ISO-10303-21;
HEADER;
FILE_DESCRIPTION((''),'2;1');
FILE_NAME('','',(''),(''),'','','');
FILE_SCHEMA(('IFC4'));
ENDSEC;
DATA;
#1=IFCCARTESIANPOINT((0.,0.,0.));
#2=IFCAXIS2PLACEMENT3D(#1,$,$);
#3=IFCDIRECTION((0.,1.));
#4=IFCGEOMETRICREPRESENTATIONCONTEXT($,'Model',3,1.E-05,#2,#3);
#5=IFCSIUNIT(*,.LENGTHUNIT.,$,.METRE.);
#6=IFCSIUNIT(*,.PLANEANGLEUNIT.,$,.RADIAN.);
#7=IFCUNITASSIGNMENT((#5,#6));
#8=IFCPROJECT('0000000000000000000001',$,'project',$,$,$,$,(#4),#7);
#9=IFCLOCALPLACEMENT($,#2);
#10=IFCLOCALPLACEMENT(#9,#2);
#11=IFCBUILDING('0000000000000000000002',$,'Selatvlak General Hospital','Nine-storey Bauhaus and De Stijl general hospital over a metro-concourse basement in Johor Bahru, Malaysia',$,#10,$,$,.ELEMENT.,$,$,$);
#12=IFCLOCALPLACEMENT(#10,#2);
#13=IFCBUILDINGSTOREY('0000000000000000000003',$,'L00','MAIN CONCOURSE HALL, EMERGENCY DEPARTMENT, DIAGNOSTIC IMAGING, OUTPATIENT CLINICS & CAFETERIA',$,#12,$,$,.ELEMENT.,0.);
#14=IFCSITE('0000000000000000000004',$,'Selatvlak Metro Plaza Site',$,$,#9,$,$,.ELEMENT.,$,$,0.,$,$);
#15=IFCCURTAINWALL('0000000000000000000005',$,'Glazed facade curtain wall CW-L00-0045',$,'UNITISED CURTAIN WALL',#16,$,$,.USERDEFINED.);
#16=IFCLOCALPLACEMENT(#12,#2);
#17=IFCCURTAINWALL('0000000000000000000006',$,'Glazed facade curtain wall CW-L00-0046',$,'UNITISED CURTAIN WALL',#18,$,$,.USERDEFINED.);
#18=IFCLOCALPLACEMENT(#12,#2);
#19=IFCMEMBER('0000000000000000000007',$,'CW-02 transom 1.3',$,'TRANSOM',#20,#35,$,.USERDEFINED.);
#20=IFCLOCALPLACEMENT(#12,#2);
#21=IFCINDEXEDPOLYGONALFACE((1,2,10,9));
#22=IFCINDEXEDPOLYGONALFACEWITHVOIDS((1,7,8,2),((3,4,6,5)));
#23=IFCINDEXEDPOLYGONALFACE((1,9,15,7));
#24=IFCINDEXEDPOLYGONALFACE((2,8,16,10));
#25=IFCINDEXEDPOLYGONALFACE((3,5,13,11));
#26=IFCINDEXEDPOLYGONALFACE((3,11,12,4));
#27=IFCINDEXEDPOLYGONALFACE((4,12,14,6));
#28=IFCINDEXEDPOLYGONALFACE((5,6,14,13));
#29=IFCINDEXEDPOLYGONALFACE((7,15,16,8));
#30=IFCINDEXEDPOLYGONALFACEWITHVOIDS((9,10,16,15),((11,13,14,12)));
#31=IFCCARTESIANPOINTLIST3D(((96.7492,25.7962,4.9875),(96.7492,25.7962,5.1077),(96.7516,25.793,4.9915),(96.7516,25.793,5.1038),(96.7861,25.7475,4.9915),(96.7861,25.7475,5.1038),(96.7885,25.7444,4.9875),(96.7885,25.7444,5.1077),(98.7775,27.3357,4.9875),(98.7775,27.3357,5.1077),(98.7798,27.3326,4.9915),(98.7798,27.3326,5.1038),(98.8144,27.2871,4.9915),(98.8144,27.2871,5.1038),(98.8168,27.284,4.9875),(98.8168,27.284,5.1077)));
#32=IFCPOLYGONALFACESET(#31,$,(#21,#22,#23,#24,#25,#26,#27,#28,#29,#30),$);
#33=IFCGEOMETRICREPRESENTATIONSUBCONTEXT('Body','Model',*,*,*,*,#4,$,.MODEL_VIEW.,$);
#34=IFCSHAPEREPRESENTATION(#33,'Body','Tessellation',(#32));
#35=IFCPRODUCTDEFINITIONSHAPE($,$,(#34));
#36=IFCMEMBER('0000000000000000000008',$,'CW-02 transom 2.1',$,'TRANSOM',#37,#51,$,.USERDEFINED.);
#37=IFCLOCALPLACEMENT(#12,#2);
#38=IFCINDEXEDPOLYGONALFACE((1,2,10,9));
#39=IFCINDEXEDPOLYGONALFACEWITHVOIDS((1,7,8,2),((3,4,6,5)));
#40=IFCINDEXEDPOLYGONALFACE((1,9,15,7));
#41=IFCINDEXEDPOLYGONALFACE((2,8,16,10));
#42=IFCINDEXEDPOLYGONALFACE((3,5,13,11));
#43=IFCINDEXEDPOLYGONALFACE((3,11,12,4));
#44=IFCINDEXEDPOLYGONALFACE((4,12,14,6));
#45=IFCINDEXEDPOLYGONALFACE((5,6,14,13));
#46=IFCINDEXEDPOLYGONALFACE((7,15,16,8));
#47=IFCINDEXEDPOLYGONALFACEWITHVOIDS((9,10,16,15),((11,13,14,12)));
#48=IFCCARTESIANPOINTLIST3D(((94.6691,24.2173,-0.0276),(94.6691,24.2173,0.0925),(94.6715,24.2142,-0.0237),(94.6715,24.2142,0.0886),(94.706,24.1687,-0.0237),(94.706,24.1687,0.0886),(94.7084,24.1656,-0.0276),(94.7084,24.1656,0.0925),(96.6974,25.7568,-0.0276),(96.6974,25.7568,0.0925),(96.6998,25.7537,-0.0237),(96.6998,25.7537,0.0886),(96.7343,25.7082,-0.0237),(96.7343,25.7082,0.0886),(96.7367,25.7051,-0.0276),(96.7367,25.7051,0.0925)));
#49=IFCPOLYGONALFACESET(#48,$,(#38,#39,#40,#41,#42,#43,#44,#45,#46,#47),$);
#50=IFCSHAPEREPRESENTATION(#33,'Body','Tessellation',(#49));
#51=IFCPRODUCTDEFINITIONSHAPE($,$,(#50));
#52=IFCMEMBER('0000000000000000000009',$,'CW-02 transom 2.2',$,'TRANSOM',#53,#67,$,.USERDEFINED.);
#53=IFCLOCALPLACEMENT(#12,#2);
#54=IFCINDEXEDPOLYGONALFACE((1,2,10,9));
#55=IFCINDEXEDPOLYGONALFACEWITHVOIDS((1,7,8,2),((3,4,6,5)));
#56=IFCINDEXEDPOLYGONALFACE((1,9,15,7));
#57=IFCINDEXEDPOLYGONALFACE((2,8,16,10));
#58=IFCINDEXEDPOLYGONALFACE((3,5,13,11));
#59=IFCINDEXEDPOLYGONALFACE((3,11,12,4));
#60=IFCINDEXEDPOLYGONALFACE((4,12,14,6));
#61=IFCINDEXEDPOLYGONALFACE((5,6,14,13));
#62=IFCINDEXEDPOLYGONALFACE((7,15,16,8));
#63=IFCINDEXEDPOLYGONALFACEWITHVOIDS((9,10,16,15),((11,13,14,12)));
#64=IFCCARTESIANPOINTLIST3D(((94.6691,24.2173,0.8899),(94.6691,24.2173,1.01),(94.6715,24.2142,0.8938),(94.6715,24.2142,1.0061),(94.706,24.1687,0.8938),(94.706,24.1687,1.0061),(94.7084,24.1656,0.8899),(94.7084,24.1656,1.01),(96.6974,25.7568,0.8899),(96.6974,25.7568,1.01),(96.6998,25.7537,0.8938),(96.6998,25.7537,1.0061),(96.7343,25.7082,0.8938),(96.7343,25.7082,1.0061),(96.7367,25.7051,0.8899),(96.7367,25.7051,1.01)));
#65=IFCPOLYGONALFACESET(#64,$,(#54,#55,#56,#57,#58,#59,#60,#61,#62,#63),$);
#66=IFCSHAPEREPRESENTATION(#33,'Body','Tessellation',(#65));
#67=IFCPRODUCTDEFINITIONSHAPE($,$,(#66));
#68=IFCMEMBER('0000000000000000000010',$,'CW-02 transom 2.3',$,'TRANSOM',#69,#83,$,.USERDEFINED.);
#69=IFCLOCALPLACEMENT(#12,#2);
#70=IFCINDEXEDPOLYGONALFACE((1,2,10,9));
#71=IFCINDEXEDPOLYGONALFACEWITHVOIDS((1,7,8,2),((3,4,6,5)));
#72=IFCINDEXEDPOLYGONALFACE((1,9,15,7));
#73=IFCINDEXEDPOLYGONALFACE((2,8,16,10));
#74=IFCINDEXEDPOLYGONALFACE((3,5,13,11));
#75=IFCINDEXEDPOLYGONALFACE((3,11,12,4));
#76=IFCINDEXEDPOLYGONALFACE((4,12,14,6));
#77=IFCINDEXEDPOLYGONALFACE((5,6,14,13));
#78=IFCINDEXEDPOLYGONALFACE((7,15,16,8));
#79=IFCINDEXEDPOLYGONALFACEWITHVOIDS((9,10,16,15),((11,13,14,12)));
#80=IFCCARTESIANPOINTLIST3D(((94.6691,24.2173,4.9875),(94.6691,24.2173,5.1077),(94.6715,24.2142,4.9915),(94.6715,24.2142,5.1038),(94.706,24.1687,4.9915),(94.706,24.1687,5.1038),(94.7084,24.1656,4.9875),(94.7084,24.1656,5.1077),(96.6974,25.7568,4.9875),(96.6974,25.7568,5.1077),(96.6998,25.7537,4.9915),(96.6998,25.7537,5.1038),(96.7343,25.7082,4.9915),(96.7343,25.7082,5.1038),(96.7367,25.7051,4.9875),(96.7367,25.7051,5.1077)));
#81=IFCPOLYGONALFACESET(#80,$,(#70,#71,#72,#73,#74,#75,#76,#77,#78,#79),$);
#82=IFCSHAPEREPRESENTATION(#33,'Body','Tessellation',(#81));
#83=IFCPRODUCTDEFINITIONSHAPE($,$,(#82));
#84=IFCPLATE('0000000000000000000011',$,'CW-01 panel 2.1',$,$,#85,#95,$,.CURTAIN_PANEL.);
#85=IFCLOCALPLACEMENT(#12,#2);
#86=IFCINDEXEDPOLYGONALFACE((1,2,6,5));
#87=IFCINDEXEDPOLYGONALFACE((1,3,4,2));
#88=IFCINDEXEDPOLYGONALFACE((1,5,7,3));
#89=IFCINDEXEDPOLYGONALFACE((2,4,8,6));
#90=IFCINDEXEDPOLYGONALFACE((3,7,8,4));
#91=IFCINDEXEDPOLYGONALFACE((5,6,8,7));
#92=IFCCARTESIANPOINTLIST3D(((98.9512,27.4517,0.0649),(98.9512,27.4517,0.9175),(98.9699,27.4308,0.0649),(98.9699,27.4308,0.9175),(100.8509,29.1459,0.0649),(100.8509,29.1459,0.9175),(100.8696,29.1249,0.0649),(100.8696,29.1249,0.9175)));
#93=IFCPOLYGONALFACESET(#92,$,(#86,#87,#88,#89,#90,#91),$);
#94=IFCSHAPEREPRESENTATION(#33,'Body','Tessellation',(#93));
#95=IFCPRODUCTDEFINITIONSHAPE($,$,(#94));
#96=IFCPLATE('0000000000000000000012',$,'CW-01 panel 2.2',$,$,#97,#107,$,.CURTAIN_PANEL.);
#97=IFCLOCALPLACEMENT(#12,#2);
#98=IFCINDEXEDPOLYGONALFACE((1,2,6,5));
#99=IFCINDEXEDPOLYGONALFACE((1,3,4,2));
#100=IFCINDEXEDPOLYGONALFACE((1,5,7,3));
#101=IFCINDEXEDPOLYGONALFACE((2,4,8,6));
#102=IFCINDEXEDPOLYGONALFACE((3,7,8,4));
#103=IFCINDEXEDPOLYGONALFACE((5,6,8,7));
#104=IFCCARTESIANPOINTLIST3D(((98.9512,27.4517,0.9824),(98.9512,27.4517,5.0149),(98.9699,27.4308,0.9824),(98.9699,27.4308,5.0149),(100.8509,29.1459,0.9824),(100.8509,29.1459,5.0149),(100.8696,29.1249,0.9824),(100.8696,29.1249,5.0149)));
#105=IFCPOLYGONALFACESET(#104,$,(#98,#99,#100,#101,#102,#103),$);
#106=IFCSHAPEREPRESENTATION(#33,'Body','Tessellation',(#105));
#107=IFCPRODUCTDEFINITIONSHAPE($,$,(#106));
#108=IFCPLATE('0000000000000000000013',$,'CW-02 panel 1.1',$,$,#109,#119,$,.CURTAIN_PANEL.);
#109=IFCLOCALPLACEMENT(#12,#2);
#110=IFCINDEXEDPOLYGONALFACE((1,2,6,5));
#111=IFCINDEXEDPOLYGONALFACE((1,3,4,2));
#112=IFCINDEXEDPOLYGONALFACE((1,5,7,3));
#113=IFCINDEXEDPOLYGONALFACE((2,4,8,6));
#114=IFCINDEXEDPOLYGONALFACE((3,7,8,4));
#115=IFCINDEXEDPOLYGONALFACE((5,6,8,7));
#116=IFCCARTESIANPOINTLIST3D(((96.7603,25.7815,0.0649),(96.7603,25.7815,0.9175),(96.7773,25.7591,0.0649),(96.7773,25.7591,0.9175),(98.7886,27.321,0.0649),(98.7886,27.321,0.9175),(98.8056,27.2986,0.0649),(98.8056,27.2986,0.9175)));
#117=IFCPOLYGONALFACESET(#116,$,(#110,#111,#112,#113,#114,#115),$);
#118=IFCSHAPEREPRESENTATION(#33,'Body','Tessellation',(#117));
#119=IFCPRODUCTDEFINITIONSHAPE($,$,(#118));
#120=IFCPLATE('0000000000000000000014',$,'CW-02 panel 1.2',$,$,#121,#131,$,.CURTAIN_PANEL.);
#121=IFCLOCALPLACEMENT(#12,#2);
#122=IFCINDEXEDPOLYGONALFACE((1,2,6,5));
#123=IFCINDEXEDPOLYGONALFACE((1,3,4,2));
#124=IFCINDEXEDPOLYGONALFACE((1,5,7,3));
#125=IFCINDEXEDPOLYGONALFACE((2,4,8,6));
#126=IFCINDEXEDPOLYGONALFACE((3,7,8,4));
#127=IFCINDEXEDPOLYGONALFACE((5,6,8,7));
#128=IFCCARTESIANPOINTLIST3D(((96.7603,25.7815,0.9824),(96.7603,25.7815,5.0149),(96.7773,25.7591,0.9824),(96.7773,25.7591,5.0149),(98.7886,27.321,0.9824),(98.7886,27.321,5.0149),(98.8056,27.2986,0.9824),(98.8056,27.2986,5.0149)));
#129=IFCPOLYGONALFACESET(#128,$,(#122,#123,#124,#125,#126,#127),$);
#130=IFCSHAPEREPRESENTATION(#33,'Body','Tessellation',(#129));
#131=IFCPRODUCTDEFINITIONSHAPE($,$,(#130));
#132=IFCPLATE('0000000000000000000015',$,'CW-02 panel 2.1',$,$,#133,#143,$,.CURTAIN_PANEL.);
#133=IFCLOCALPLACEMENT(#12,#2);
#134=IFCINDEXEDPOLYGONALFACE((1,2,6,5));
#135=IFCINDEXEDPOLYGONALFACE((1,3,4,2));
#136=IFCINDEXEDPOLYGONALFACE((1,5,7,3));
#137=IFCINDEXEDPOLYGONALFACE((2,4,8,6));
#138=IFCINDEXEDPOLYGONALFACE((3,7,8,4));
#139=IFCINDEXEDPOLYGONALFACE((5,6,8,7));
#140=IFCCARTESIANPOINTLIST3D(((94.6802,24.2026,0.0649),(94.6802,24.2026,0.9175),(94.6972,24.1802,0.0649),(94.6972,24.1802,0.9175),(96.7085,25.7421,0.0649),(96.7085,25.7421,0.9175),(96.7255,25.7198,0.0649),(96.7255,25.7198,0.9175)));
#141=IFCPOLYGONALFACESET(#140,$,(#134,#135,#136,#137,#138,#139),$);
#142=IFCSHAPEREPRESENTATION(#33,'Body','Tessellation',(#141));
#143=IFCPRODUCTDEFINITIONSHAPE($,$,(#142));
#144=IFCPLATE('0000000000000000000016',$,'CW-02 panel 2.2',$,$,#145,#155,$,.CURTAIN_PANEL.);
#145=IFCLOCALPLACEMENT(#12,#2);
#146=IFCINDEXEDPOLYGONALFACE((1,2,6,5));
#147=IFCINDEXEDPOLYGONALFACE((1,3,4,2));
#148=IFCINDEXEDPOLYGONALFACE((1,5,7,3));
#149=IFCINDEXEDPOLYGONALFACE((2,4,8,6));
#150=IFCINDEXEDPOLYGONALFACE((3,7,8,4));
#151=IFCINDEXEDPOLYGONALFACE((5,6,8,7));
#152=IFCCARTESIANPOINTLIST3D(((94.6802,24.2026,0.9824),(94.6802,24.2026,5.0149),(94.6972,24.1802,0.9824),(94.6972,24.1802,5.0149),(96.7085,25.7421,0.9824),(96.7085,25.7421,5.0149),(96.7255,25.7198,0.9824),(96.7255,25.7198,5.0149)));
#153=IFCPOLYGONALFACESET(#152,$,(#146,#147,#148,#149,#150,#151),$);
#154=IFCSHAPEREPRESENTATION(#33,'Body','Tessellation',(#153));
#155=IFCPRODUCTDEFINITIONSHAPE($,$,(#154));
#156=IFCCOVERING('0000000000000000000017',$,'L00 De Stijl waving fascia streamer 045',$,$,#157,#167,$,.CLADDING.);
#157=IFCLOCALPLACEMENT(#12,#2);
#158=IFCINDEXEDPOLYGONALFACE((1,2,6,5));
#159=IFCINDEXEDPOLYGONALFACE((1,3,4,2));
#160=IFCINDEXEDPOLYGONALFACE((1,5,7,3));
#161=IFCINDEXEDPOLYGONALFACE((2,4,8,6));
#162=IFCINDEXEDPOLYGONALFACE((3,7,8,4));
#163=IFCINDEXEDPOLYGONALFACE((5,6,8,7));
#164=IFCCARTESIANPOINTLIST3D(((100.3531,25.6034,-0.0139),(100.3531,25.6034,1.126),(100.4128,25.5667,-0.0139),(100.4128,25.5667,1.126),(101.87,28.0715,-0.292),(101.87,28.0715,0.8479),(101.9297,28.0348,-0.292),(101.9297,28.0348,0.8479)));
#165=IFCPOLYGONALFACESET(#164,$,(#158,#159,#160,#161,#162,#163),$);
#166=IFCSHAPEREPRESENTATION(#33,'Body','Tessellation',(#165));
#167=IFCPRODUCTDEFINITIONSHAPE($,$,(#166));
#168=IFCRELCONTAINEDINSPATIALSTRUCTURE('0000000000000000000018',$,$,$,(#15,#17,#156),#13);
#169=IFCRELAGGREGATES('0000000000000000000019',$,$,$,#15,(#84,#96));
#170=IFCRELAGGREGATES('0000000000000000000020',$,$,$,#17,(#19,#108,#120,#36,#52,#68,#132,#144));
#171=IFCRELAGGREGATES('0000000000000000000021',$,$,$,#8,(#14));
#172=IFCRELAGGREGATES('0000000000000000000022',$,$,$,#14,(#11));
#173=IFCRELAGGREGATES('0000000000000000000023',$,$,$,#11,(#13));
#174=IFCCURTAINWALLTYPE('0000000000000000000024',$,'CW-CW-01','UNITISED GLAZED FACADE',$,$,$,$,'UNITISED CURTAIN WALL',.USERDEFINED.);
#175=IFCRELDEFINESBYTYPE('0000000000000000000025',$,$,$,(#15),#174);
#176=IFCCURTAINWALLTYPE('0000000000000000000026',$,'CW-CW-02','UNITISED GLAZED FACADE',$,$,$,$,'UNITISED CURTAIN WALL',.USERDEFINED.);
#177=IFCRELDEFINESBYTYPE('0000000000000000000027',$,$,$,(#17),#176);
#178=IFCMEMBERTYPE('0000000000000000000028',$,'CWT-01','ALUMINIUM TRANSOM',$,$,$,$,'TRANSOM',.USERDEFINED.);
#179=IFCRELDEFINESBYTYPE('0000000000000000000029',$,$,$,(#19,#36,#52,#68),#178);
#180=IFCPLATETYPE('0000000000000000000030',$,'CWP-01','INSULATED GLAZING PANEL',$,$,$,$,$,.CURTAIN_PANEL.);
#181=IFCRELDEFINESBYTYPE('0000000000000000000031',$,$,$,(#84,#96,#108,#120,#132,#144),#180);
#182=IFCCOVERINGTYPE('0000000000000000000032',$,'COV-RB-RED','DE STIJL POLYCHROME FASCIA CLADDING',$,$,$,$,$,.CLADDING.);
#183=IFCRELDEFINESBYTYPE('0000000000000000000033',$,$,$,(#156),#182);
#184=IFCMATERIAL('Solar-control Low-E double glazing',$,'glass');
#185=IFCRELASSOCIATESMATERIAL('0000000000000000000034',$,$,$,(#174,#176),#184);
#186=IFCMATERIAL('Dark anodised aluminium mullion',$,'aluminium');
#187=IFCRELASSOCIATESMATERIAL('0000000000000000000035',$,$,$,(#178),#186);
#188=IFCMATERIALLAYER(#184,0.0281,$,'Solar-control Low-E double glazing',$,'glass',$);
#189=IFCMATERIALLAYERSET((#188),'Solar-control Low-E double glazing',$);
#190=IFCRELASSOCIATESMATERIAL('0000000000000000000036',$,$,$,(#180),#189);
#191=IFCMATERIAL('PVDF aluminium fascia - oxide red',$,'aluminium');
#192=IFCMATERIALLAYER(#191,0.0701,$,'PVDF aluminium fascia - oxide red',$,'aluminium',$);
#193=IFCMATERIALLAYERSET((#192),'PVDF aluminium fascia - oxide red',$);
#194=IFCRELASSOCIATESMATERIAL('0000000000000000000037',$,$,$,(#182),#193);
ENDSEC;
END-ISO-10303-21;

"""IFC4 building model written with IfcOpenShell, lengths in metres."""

from ifc_helpers import new_model, si_unit, direction, frame, origin, origin_2d, place, context, subcontext, project, spatial, polyline, rectangle, hollow_rectangle, outline, extrude, material, layer, layer_set, material_profile, profile_set, type_object, element, aggregate, save


model = new_model("IFC4")

# Units and contexts
model_context = context("Model", 3, precision=1e-05, world=origin(), true_north=direction((0.0, 1.0)))
body_context = subcontext(model_context, "Body", "Model", "MODEL_VIEW")
ifc_project = project(units=[si_unit("LENGTHUNIT", "METRE"), si_unit("PLANEANGLEUNIT", "RADIAN")], contexts=[model_context])

# Site, building, storey
site_placement = place(None, origin())
site = spatial("IfcSite", under=ifc_project, at=site_placement, Name="Selatvlak Metro Plaza Site", CompositionType="ELEMENT", RefElevation=0.0)
building_placement = place(site_placement, origin())
building = spatial("IfcBuilding", under=site, at=building_placement, Name="Selatvlak General Hospital", Description="Nine-storey Bauhaus and De Stijl general hospital over a metro-concourse basement in Johor Bahru, Malaysia", CompositionType="ELEMENT")
storey_placement = place(building_placement, origin())
storey = spatial("IfcBuildingStorey", under=building, at=storey_placement, Name="L00", Description="MAIN CONCOURSE HALL, EMERGENCY DEPARTMENT, DIAGNOSTIC IMAGING, OUTPATIENT CLINICS & CAFETERIA", CompositionType="ELEMENT", Elevation=0.0)

# Curtain walls
ifc_material_1 = material(Name="Solar-control Low-E double glazing", Category="glass")
curtain_wall_type_1 = type_object("IfcCurtainWallType", Name="CW-CW-01", Description="UNITISED GLAZED FACADE", ElementType="UNITISED CURTAIN WALL", PredefinedType="USERDEFINED", material=ifc_material_1)
curtain_wall_1_placement = place(storey_placement, origin())
curtain_wall_1 = element("IfcCurtainWall", 1, at=curtain_wall_1_placement, inside=storey, type_object=curtain_wall_type_1, Name="Glazed facade curtain wall CW-L00-0045", ObjectType="UNITISED CURTAIN WALL", PredefinedType="USERDEFINED")
ifc_material_2 = material(Name="Dark anodised aluminium mullion", Category="aluminium")
curtain_wall_type_2 = type_object("IfcCurtainWallType", Name="CW-CW-02", Description="UNITISED GLAZED FACADE", ElementType="UNITISED CURTAIN WALL", PredefinedType="USERDEFINED", material=ifc_material_1)
curtain_wall_2_placement = place(storey_placement, origin())
curtain_wall_2 = element("IfcCurtainWall", 2, at=curtain_wall_2_placement, inside=storey, type_object=curtain_wall_type_2, Name="Glazed facade curtain wall CW-L00-0046", ObjectType="UNITISED CURTAIN WALL", PredefinedType="USERDEFINED")

# Members
ifc_material_profile_1 = material_profile(ifc_material_2, hollow_rectangle(XDim=0.0649, YDim=0.1201, WallThickness=0.0039, at=origin_2d()), Name="AL-TRN 65x120x4")
ifc_profile_set_1 = profile_set([ifc_material_profile_1], Name="Dark anodised aluminium mullion")
member_type_1 = type_object("IfcMemberType", Name="CWT-01", Description="ALUMINIUM TRANSOM", ElementType="TRANSOM", PredefinedType="USERDEFINED", material=ifc_profile_set_1)
member_1_placement = place(storey_placement, frame((98.7971, 27.3098, 5.0476), z_axis=(-0.796535, -0.604592, 0.0), x_axis=(0.604592, -0.796535, 0.0)))
member_1 = element("IfcMember", 3, at=member_1_placement, type_object=member_type_1, Name="CW-02 transom 1.3", ObjectType="TRANSOM", PredefinedType="USERDEFINED", context=body_context, shape_type="SweptSolid", body=[
    extrude(hollow_rectangle(XDim=0.0649, YDim=0.1201, WallThickness=0.0039, at=origin_2d()), origin(), (0.0, 0.0, 1.0), 2.5464),
])
member_2_placement = place(storey_placement, frame((96.717, 25.731, 0.0325), z_axis=(-0.796535, -0.604592, 0.0), x_axis=(0.604592, -0.796535, 0.0)))
member_2 = element("IfcMember", 4, at=member_2_placement, type_object=member_type_1, Name="CW-02 transom 2.1", ObjectType="TRANSOM", PredefinedType="USERDEFINED", context=body_context, shape_type="SweptSolid", body=[
    extrude(hollow_rectangle(XDim=0.0649, YDim=0.1201, WallThickness=0.0039, at=origin_2d()), origin(), (0.0, 0.0, 1.0), 2.5464),
])
member_3_placement = place(storey_placement, frame((96.717, 25.731, 0.95), z_axis=(-0.796535, -0.604592, 0.0), x_axis=(0.604592, -0.796535, 0.0)))
member_3 = element("IfcMember", 5, at=member_3_placement, type_object=member_type_1, Name="CW-02 transom 2.2", ObjectType="TRANSOM", PredefinedType="USERDEFINED", context=body_context, shape_type="SweptSolid", body=[
    extrude(hollow_rectangle(XDim=0.0649, YDim=0.1201, WallThickness=0.0039, at=origin_2d()), origin(), (0.0, 0.0, 1.0), 2.5464),
])
member_4_placement = place(storey_placement, frame((96.717, 25.731, 5.0476), z_axis=(-0.796535, -0.604592, 0.0), x_axis=(0.604592, -0.796535, 0.0)))
member_4 = element("IfcMember", 6, at=member_4_placement, type_object=member_type_1, Name="CW-02 transom 2.3", ObjectType="TRANSOM", PredefinedType="USERDEFINED", context=body_context, shape_type="SweptSolid", body=[
    extrude(hollow_rectangle(XDim=0.0649, YDim=0.1201, WallThickness=0.0039, at=origin_2d()), origin(), (0.0, 0.0, 1.0), 2.5464),
])

# Plates
ifc_layer_1 = layer(ifc_material_1, 0.0281, Name="Solar-control Low-E double glazing", Category="glass")
ifc_layer_set_1 = layer_set([ifc_layer_1], Name="Solar-control Low-E double glazing")
plate_type = type_object("IfcPlateType", Name="CWP-01", Description="INSULATED GLAZING PANEL", PredefinedType="CURTAIN_PANEL", material=ifc_layer_set_1)
plate_1_placement = place(storey_placement, frame((99.9104, 28.2883, 0.0649), z_axis=(0.0, 0.0, 1.0), x_axis=(-0.746344, -0.665561, 0.0)))
plate_1 = element("IfcPlate", 7, at=plate_1_placement, type_object=plate_type, Name="CW-01 panel 2.1", PredefinedType="CURTAIN_PANEL", context=body_context, shape_type="SweptSolid", body=[
    extrude(rectangle(XDim=2.5454, YDim=0.0281, at=origin_2d()), origin(), (0.0, 0.0, 1.0), 0.8525),
])
plate_2_placement = place(storey_placement, frame((99.9104, 28.2883, 0.9824), z_axis=(0.0, 0.0, 1.0), x_axis=(-0.746344, -0.665561, 0.0)))
plate_2 = element("IfcPlate", 8, at=plate_2_placement, type_object=plate_type, Name="CW-01 panel 2.2", PredefinedType="CURTAIN_PANEL", context=body_context, shape_type="SweptSolid", body=[
    extrude(rectangle(XDim=2.5454, YDim=0.0281, at=origin_2d()), origin(), (0.0, 0.0, 1.0), 4.0325),
])
aggregate(curtain_wall_1, [plate_1, plate_2])
plate_3_placement = place(storey_placement, frame((97.783, 26.54, 0.0649), z_axis=(0.0, 0.0, 1.0), x_axis=(-0.796537, -0.604589, 0.0)))
plate_3 = element("IfcPlate", 9, at=plate_3_placement, type_object=plate_type, Name="CW-02 panel 1.1", PredefinedType="CURTAIN_PANEL", context=body_context, shape_type="SweptSolid", body=[
    extrude(rectangle(XDim=2.5464, YDim=0.0281, at=origin_2d()), origin(), (0.0, 0.0, 1.0), 0.8525),
])
plate_4_placement = place(storey_placement, frame((97.783, 26.54, 0.9824), z_axis=(0.0, 0.0, 1.0), x_axis=(-0.796537, -0.604589, 0.0)))
plate_4 = element("IfcPlate", 10, at=plate_4_placement, type_object=plate_type, Name="CW-02 panel 1.2", PredefinedType="CURTAIN_PANEL", context=body_context, shape_type="SweptSolid", body=[
    extrude(rectangle(XDim=2.5464, YDim=0.0281, at=origin_2d()), origin(), (0.0, 0.0, 1.0), 4.0325),
])
plate_5_placement = place(storey_placement, frame((95.7029, 24.9612, 0.0649), z_axis=(0.0, 0.0, 1.0), x_axis=(-0.796537, -0.604589, 0.0)))
plate_5 = element("IfcPlate", 11, at=plate_5_placement, type_object=plate_type, Name="CW-02 panel 2.1", PredefinedType="CURTAIN_PANEL", context=body_context, shape_type="SweptSolid", body=[
    extrude(rectangle(XDim=2.5464, YDim=0.0281, at=origin_2d()), origin(), (0.0, 0.0, 1.0), 0.8525),
])
plate_6_placement = place(storey_placement, frame((95.7029, 24.9612, 0.9824), z_axis=(0.0, 0.0, 1.0), x_axis=(-0.796537, -0.604589, 0.0)))
plate_6 = element("IfcPlate", 12, at=plate_6_placement, type_object=plate_type, Name="CW-02 panel 2.2", PredefinedType="CURTAIN_PANEL", context=body_context, shape_type="SweptSolid", body=[
    extrude(rectangle(XDim=2.5464, YDim=0.0281, at=origin_2d()), origin(), (0.0, 0.0, 1.0), 4.0325),
])
aggregate(curtain_wall_2, [member_1, plate_3, plate_4, member_2, member_3, member_4, plate_5, plate_6])

# Covering
ifc_material_3 = material(Name="PVDF aluminium fascia - oxide red", Category="aluminium")
ifc_layer_2 = layer(ifc_material_3, 0.0701, Name="PVDF aluminium fascia - oxide red", Category="aluminium")
ifc_layer_set_2 = layer_set([ifc_layer_2], Name="PVDF aluminium fascia - oxide red")
covering_type = type_object("IfcCoveringType", Name="COV-RB-RED", Description="DE STIJL POLYCHROME FASCIA CLADDING", PredefinedType="CLADDING", material=ifc_layer_set_2)
covering_placement = place(storey_placement, frame((100.3831, 25.585, -0.0139), z_axis=(0.0, 0.0, 1.0), x_axis=(0.523613, 0.851956, 0.0)))
element("IfcCovering", 13, at=covering_placement, inside=storey, type_object=covering_type, Name="L00 De Stijl waving fascia streamer 045", PredefinedType="CLADDING", context=body_context, shape_type="SweptSolid", body=[
    extrude(outline(polyline([(0.0, 0.0), (2.897, -0.2781), (2.897, 0.8618), (0.0, 1.1399), (0.0, 0.0)])), frame((0.0, 0.0352, 0.0), z_axis=(0.0, -1.0, 0.0), x_axis=(1.0, 0.0, 0.0)), (0.0, 0.0, 1.0), 0.0701),
])

save(model, "model.ifc")
